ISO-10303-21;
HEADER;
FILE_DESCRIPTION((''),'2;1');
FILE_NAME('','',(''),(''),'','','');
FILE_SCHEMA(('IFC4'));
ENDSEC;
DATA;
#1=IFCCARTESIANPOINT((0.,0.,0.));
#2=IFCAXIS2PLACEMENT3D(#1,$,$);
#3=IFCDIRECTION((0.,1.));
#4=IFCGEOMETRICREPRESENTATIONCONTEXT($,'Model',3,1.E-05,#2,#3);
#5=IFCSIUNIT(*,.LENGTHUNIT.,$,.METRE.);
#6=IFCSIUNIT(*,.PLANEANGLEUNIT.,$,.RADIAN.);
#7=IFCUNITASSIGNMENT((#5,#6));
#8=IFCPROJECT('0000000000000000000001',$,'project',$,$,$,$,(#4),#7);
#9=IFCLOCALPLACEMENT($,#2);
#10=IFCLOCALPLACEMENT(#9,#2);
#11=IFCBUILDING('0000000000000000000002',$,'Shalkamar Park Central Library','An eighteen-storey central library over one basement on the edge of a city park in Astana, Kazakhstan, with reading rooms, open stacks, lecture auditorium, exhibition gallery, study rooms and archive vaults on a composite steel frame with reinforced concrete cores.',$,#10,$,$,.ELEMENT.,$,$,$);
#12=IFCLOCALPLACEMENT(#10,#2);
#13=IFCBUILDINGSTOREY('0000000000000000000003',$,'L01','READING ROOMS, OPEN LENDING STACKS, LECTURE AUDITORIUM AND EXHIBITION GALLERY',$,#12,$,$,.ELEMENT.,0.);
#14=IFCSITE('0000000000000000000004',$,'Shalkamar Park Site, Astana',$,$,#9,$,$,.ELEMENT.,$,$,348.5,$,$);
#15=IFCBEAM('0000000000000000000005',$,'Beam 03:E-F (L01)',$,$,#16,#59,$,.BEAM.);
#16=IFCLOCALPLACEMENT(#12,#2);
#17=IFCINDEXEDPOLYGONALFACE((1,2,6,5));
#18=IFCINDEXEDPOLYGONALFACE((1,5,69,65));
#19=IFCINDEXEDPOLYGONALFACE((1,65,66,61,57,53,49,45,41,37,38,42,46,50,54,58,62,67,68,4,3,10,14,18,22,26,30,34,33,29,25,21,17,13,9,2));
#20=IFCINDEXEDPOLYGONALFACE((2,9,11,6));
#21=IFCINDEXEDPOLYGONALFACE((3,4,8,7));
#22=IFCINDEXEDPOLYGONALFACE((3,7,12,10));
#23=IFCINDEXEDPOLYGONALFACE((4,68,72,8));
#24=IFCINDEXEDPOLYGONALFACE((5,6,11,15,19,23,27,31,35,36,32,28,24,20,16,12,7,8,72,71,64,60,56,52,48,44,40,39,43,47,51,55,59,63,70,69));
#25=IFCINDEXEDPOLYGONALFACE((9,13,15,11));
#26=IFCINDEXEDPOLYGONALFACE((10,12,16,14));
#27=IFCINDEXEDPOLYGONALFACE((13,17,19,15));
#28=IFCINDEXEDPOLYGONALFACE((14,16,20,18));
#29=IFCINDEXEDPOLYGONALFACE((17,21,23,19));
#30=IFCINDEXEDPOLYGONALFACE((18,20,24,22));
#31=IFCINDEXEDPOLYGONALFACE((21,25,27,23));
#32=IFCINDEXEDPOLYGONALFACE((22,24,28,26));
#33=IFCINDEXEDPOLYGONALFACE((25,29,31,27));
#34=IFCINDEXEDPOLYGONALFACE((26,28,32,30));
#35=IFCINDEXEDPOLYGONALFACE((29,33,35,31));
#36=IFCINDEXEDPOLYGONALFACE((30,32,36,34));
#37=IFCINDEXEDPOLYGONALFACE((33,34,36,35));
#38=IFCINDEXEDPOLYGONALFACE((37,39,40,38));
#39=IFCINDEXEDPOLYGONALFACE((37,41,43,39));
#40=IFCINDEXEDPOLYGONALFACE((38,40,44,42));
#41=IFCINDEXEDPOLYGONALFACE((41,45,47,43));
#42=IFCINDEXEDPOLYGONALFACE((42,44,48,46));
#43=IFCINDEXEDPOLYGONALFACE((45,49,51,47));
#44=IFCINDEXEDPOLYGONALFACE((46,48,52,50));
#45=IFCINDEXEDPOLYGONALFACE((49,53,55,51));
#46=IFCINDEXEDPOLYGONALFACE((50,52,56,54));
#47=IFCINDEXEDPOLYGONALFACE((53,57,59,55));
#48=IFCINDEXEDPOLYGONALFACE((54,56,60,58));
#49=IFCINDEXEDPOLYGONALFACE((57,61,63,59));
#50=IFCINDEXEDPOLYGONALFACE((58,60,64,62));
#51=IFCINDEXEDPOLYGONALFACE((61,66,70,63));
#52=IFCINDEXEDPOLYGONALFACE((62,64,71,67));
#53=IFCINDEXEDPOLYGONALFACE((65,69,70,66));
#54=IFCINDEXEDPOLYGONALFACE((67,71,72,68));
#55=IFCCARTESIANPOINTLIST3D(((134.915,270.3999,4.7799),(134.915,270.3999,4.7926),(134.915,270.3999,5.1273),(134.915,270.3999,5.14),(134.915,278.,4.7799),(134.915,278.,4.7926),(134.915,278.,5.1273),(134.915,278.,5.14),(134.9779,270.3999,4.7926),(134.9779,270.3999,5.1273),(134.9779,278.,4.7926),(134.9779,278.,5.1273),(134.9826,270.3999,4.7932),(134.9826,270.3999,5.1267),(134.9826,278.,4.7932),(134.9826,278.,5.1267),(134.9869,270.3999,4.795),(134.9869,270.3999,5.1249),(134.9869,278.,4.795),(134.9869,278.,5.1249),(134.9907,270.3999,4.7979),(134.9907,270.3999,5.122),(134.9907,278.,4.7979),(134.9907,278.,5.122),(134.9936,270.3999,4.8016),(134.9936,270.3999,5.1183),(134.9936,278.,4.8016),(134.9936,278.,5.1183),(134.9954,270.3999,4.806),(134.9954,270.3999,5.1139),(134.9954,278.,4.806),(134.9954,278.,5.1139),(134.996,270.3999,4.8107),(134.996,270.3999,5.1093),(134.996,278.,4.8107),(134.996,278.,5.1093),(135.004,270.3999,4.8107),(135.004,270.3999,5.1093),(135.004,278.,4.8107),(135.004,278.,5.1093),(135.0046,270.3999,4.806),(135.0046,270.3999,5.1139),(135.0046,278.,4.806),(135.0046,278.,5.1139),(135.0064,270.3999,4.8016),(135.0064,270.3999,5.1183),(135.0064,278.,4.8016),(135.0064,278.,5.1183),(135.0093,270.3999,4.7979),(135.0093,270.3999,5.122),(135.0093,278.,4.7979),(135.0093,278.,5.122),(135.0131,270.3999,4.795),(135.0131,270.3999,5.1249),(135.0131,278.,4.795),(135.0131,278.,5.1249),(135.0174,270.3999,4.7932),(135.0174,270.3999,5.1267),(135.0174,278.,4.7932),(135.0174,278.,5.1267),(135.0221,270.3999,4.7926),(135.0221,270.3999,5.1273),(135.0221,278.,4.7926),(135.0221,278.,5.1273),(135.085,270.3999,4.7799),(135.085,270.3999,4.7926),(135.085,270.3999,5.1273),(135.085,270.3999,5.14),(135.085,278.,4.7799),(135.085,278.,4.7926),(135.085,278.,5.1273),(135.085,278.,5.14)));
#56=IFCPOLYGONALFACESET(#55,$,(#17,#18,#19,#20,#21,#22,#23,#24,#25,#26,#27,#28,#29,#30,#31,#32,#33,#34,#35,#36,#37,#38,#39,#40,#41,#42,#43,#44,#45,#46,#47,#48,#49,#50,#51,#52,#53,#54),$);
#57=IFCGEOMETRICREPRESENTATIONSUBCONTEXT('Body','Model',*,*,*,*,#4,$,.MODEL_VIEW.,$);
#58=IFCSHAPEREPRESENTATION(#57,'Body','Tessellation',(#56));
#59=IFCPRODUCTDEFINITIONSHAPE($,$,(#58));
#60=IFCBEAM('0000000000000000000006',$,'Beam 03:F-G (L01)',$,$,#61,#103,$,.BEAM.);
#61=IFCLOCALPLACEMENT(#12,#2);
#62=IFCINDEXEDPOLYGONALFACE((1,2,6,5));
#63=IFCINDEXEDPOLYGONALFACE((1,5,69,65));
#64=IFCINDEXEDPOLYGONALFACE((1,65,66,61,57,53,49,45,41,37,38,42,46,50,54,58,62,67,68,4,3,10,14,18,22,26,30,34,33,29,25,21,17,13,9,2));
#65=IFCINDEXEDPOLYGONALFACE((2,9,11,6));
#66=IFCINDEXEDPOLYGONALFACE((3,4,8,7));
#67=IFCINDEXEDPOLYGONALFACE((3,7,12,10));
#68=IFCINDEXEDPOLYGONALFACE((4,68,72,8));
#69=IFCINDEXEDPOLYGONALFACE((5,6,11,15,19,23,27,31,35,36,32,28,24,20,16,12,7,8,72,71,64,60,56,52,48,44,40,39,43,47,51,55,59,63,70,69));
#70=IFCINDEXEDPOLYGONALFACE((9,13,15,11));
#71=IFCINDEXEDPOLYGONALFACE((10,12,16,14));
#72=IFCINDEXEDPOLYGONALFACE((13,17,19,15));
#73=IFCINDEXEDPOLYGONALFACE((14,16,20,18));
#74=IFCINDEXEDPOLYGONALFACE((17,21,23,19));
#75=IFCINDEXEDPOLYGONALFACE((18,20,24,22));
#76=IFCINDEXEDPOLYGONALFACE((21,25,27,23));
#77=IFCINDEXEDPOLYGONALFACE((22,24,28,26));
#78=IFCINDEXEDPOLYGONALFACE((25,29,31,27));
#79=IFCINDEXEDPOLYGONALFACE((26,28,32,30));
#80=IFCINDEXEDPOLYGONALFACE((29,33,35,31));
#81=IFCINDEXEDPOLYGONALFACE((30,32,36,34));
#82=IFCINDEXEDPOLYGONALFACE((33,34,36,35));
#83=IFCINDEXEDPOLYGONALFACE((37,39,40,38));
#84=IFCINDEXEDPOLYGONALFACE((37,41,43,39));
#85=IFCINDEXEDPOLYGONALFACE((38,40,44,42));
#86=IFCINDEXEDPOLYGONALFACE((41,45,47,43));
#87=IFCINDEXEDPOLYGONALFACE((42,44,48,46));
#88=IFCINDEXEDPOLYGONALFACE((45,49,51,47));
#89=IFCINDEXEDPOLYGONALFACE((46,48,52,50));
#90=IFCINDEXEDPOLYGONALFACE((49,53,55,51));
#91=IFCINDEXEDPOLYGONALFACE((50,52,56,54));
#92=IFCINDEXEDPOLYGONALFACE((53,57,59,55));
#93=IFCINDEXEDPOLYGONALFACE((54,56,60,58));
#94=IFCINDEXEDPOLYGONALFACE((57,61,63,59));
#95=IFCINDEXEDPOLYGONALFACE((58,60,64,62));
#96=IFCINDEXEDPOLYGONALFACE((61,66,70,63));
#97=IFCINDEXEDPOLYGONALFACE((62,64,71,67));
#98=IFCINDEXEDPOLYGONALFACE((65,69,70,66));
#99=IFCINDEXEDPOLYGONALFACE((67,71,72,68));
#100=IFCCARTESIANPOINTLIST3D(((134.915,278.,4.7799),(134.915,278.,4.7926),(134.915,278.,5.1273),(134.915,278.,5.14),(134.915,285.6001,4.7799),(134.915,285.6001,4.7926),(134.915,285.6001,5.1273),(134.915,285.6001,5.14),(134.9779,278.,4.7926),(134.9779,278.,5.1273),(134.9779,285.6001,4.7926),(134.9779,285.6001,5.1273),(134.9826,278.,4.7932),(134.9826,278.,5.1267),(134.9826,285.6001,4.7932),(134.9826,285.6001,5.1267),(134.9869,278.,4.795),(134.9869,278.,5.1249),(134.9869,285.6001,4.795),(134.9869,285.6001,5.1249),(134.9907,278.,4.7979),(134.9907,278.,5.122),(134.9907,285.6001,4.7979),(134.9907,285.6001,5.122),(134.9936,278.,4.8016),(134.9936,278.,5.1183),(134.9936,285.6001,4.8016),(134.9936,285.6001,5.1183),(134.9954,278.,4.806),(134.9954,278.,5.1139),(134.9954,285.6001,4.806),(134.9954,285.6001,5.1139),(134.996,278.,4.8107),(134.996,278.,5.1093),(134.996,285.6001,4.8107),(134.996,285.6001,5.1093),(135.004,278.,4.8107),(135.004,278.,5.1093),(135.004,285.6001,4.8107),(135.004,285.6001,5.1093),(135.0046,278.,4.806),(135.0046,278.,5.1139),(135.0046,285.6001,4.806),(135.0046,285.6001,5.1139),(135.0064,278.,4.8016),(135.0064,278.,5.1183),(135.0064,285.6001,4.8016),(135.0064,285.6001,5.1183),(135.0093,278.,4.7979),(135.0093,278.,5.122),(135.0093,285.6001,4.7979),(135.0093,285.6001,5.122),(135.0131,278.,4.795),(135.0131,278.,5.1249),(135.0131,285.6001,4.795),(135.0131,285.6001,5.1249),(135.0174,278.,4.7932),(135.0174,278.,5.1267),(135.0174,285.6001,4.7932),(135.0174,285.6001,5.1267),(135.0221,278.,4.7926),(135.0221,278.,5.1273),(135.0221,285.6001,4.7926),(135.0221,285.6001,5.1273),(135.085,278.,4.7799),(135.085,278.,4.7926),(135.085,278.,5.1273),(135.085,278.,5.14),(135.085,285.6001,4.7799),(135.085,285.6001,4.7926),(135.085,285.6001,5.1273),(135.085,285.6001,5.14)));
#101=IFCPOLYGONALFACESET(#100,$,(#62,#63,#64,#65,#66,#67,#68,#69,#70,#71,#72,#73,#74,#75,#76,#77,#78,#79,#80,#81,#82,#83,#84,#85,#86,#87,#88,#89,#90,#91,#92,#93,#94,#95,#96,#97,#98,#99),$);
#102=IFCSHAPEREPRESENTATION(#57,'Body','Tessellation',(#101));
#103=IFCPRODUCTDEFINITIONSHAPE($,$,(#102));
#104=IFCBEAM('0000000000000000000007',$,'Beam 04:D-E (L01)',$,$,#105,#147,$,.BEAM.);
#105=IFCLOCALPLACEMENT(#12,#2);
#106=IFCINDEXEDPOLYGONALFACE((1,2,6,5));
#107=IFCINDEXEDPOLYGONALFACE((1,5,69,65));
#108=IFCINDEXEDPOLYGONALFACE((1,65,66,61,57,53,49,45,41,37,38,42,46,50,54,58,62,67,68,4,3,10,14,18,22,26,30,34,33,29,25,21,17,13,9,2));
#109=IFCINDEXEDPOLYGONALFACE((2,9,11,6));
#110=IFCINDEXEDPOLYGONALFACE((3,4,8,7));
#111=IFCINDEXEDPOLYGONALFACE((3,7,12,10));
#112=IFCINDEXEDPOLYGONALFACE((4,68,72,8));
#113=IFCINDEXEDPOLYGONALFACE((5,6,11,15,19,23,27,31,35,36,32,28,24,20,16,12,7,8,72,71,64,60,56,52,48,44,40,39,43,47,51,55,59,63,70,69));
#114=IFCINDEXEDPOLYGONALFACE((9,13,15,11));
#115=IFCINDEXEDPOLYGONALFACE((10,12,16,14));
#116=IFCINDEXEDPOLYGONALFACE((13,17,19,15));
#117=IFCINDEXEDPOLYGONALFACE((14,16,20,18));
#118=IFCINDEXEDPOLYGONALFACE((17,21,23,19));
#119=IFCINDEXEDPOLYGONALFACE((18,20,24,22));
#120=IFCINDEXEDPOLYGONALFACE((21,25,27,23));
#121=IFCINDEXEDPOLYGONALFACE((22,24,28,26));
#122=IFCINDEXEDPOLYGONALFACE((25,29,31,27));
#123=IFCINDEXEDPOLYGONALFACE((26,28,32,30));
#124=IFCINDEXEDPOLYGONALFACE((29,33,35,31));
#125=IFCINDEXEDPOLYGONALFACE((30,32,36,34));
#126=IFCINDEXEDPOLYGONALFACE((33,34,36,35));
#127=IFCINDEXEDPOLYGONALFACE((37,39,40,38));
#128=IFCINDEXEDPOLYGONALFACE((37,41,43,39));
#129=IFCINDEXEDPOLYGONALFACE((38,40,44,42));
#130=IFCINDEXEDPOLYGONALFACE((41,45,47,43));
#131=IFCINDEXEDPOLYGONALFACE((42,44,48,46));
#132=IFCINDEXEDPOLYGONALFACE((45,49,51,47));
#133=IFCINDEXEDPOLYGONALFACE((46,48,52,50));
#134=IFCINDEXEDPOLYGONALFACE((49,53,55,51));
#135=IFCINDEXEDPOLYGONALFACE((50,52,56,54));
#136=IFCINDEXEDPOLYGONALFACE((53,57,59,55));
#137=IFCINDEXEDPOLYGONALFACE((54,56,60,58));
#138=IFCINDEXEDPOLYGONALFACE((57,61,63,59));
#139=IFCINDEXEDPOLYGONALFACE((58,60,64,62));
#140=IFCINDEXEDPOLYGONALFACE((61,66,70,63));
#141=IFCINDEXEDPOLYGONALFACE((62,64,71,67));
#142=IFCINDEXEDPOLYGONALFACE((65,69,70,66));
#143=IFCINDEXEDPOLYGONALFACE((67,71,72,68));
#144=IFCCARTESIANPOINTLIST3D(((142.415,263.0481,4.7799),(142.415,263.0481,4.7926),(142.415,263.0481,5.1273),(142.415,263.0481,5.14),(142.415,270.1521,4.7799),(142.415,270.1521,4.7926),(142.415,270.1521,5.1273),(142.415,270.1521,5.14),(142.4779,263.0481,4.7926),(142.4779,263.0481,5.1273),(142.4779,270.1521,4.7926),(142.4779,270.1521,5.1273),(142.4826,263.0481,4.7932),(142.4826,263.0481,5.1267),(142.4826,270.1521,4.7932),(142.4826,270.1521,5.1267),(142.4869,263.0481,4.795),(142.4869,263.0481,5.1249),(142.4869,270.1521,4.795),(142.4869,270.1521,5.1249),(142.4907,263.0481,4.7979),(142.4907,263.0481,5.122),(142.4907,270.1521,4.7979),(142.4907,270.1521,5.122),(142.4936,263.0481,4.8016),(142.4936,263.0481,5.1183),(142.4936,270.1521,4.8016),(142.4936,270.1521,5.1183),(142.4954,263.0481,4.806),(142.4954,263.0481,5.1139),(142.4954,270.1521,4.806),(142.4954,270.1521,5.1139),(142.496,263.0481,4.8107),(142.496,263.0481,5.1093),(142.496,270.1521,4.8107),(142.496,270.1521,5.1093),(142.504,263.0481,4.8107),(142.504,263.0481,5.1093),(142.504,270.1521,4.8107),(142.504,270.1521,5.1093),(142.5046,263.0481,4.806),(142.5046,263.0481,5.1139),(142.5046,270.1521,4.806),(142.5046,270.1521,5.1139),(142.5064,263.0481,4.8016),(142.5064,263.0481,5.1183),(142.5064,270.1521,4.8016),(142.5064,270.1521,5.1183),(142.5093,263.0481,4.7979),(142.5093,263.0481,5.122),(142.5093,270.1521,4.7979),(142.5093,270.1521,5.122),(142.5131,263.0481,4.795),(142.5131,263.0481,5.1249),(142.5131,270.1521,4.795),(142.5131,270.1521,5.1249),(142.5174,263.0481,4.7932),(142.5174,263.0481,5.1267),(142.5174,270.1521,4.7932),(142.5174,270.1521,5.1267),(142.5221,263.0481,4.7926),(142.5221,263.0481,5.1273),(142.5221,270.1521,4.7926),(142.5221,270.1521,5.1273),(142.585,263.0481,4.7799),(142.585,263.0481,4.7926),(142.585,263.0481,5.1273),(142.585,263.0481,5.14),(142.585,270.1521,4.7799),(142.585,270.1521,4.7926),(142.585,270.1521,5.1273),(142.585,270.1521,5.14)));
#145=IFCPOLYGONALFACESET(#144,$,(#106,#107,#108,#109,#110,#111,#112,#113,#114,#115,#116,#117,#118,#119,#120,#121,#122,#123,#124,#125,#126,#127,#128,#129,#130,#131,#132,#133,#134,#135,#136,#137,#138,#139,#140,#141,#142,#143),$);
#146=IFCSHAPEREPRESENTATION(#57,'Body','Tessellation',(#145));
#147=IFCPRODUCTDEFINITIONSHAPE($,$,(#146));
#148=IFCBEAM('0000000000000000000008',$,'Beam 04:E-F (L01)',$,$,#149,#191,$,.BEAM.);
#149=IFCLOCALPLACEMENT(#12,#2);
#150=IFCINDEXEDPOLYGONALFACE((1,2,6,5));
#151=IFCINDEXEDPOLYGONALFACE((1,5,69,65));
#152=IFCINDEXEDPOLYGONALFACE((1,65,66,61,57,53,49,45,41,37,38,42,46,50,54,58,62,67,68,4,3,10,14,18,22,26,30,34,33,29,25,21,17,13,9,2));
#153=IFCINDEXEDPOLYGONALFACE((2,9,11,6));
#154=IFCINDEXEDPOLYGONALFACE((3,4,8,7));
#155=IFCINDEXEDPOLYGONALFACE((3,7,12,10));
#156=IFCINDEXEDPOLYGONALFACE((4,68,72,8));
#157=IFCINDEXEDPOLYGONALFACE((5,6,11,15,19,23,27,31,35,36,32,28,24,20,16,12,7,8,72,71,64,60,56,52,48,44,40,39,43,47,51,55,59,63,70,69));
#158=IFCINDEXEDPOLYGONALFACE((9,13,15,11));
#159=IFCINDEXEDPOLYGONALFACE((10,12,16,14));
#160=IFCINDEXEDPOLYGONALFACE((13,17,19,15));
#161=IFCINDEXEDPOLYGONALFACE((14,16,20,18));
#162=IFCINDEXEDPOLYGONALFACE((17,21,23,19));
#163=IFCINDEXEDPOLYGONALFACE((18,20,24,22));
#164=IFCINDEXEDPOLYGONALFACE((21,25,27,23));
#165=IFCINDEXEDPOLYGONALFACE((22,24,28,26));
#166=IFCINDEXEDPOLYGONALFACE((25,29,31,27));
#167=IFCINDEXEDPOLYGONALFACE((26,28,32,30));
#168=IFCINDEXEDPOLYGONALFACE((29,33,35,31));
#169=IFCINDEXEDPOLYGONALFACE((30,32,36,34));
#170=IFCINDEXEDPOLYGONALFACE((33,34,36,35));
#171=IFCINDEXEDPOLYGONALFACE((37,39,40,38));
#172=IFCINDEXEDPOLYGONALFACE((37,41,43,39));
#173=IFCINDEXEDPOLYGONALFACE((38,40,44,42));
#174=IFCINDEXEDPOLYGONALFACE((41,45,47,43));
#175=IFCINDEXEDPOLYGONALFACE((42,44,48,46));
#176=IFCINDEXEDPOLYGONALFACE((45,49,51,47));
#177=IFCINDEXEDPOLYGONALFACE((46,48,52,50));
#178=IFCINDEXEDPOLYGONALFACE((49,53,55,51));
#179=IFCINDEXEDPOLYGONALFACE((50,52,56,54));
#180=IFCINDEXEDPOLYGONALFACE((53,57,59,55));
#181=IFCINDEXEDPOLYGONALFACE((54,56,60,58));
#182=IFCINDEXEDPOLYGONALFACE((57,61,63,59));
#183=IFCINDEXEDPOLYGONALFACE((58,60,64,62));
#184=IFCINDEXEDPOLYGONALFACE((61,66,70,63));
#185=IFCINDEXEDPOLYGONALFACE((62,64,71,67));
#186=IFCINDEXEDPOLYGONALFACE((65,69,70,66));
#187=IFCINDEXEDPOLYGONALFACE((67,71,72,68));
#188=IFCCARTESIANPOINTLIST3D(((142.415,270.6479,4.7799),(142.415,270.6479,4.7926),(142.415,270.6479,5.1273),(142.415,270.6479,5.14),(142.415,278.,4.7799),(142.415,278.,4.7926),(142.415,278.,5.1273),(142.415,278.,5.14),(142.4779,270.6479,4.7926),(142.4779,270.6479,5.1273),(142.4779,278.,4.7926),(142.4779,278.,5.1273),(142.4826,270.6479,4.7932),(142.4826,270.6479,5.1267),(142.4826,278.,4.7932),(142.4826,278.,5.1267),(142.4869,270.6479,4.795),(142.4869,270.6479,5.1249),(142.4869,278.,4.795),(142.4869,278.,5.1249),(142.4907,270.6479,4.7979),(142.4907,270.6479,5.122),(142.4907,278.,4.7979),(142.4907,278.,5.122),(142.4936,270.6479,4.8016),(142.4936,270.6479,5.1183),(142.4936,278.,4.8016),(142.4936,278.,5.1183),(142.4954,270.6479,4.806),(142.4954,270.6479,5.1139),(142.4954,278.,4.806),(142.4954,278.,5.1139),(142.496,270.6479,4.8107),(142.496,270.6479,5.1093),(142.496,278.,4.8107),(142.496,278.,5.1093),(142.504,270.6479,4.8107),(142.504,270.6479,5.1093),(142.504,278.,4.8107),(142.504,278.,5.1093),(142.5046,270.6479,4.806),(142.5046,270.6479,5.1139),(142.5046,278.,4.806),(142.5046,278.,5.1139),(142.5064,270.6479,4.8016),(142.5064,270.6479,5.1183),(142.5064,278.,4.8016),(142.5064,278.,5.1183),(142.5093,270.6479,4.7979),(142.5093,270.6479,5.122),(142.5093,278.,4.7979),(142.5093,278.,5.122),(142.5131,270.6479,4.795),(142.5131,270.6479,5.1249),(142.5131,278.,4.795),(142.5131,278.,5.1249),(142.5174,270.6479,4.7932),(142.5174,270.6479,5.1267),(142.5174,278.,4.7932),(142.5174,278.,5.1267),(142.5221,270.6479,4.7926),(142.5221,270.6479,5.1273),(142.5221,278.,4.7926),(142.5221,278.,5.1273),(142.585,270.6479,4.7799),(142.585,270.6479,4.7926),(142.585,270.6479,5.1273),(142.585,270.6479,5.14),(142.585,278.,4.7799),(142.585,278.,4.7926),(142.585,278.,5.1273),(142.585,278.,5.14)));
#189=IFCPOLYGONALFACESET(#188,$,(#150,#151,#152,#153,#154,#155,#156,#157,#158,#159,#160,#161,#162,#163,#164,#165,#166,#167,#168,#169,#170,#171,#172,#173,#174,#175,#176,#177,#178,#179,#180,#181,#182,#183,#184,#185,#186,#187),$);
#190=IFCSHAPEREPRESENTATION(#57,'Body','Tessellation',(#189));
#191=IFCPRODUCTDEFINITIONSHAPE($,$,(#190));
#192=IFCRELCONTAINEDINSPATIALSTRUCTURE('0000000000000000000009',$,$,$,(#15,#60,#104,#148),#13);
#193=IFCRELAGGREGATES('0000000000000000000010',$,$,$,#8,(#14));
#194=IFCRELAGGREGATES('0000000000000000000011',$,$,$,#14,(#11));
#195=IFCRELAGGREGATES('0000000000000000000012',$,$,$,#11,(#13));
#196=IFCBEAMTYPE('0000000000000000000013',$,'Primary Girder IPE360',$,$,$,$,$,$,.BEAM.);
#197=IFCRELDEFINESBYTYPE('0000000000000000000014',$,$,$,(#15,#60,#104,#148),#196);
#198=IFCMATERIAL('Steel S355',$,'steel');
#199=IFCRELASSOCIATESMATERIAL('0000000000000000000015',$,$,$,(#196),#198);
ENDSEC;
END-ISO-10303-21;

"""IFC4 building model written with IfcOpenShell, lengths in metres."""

from ifc_helpers import new_model, si_unit, direction, frame, origin, origin_2d, place, context, subcontext, project, spatial, i_section, extrude, material, material_profile, profile_set, type_object, element, save


model = new_model("IFC4")

# Units and contexts
model_context = context("Model", 3, precision=1e-05, world=origin(), true_north=direction((0.0, 1.0)))
body_context = subcontext(model_context, "Body", "Model", "MODEL_VIEW")
ifc_project = project(units=[si_unit("LENGTHUNIT", "METRE"), si_unit("PLANEANGLEUNIT", "RADIAN")], contexts=[model_context])

# Site, building, storey
site_placement = place(None, origin())
site = spatial("IfcSite", under=ifc_project, at=site_placement, Name="Shalkamar Park Site, Astana", CompositionType="ELEMENT", RefElevation=348.5)
building_placement = place(site_placement, origin())
building = spatial("IfcBuilding", under=site, at=building_placement, Name="Shalkamar Park Central Library", Description="An eighteen-storey central library over one basement on the edge of a city park in Astana, Kazakhstan, with reading rooms, open stacks, lecture auditorium, exhibition gallery, study rooms and archive vaults on a composite steel frame with reinforced concrete cores.", CompositionType="ELEMENT")
storey_placement = place(building_placement, origin())
storey = spatial("IfcBuildingStorey", under=building, at=storey_placement, Name="L01", Description="READING ROOMS, OPEN LENDING STACKS, LECTURE AUDITORIUM AND EXHIBITION GALLERY", CompositionType="ELEMENT", Elevation=0.0)

# Shared definitions
ifc_material_1 = material(Name="Steel S355", Category="steel")

# Beams
ifc_material_profile_1 = material_profile(ifc_material_1, i_section(OverallWidth=0.1699, OverallDepth=0.3601, WebThickness=0.0081, FlangeThickness=0.0127, FilletRadius=0.0181, at=origin_2d()), Name="IPE 360")
ifc_profile_set_1 = profile_set([ifc_material_profile_1], Name="Steel S355")
beam_type_1 = type_object("IfcBeamType", Name="Primary Girder IPE360", PredefinedType="BEAM", material=ifc_profile_set_1)
for number, where, z_axis, x_axis, name in (
    (1, (135.0, 270.3999, 4.96), (0.0, 1.0, 0.0), (-1.0, 0.0, 0.0), "Beam 03:E-F (L01)"),
    (2, (135.0, 278.0, 4.96), (0.0, 1.0, 0.0), (-1.0, 0.0, 0.0), "Beam 03:F-G (L01)"),
):
    element("IfcBeam", number, at=place(storey_placement, frame(where, z_axis=z_axis, x_axis=x_axis)), inside=storey, type_object=beam_type_1, Name=name, PredefinedType="BEAM", context=body_context, shape_type="SweptSolid", body=[
        extrude(i_section(OverallWidth=0.1699, OverallDepth=0.3601, WebThickness=0.0081, FlangeThickness=0.0127, FilletRadius=0.0181, at=origin_2d()), origin(), (0.0, 0.0, 1.0), 7.6001),
    ])
beam_1_placement = place(storey_placement, frame((142.5, 263.0481, 4.96), z_axis=(0.0, 1.0, 0.0), x_axis=(-1.0, 0.0, 0.0)))
element("IfcBeam", 3, at=beam_1_placement, inside=storey, type_object=beam_type_1, Name="Beam 04:D-E (L01)", PredefinedType="BEAM", context=body_context, shape_type="SweptSolid", body=[
    extrude(i_section(OverallWidth=0.1699, OverallDepth=0.3601, WebThickness=0.0081, FlangeThickness=0.0127, FilletRadius=0.0181, at=origin_2d()), origin(), (0.0, 0.0, 1.0), 7.104),
])
beam_2_placement = place(storey_placement, frame((142.5, 270.6479, 4.96), z_axis=(0.0, 1.0, 0.0), x_axis=(-1.0, 0.0, 0.0)))
element("IfcBeam", 4, at=beam_2_placement, inside=storey, type_object=beam_type_1, Name="Beam 04:E-F (L01)", PredefinedType="BEAM", context=body_context, shape_type="SweptSolid", body=[
    extrude(i_section(OverallWidth=0.1699, OverallDepth=0.3601, WebThickness=0.0081, FlangeThickness=0.0127, FilletRadius=0.0181, at=origin_2d()), origin(), (0.0, 0.0, 1.0), 7.3521),
])

save(model, "model.ifc")
